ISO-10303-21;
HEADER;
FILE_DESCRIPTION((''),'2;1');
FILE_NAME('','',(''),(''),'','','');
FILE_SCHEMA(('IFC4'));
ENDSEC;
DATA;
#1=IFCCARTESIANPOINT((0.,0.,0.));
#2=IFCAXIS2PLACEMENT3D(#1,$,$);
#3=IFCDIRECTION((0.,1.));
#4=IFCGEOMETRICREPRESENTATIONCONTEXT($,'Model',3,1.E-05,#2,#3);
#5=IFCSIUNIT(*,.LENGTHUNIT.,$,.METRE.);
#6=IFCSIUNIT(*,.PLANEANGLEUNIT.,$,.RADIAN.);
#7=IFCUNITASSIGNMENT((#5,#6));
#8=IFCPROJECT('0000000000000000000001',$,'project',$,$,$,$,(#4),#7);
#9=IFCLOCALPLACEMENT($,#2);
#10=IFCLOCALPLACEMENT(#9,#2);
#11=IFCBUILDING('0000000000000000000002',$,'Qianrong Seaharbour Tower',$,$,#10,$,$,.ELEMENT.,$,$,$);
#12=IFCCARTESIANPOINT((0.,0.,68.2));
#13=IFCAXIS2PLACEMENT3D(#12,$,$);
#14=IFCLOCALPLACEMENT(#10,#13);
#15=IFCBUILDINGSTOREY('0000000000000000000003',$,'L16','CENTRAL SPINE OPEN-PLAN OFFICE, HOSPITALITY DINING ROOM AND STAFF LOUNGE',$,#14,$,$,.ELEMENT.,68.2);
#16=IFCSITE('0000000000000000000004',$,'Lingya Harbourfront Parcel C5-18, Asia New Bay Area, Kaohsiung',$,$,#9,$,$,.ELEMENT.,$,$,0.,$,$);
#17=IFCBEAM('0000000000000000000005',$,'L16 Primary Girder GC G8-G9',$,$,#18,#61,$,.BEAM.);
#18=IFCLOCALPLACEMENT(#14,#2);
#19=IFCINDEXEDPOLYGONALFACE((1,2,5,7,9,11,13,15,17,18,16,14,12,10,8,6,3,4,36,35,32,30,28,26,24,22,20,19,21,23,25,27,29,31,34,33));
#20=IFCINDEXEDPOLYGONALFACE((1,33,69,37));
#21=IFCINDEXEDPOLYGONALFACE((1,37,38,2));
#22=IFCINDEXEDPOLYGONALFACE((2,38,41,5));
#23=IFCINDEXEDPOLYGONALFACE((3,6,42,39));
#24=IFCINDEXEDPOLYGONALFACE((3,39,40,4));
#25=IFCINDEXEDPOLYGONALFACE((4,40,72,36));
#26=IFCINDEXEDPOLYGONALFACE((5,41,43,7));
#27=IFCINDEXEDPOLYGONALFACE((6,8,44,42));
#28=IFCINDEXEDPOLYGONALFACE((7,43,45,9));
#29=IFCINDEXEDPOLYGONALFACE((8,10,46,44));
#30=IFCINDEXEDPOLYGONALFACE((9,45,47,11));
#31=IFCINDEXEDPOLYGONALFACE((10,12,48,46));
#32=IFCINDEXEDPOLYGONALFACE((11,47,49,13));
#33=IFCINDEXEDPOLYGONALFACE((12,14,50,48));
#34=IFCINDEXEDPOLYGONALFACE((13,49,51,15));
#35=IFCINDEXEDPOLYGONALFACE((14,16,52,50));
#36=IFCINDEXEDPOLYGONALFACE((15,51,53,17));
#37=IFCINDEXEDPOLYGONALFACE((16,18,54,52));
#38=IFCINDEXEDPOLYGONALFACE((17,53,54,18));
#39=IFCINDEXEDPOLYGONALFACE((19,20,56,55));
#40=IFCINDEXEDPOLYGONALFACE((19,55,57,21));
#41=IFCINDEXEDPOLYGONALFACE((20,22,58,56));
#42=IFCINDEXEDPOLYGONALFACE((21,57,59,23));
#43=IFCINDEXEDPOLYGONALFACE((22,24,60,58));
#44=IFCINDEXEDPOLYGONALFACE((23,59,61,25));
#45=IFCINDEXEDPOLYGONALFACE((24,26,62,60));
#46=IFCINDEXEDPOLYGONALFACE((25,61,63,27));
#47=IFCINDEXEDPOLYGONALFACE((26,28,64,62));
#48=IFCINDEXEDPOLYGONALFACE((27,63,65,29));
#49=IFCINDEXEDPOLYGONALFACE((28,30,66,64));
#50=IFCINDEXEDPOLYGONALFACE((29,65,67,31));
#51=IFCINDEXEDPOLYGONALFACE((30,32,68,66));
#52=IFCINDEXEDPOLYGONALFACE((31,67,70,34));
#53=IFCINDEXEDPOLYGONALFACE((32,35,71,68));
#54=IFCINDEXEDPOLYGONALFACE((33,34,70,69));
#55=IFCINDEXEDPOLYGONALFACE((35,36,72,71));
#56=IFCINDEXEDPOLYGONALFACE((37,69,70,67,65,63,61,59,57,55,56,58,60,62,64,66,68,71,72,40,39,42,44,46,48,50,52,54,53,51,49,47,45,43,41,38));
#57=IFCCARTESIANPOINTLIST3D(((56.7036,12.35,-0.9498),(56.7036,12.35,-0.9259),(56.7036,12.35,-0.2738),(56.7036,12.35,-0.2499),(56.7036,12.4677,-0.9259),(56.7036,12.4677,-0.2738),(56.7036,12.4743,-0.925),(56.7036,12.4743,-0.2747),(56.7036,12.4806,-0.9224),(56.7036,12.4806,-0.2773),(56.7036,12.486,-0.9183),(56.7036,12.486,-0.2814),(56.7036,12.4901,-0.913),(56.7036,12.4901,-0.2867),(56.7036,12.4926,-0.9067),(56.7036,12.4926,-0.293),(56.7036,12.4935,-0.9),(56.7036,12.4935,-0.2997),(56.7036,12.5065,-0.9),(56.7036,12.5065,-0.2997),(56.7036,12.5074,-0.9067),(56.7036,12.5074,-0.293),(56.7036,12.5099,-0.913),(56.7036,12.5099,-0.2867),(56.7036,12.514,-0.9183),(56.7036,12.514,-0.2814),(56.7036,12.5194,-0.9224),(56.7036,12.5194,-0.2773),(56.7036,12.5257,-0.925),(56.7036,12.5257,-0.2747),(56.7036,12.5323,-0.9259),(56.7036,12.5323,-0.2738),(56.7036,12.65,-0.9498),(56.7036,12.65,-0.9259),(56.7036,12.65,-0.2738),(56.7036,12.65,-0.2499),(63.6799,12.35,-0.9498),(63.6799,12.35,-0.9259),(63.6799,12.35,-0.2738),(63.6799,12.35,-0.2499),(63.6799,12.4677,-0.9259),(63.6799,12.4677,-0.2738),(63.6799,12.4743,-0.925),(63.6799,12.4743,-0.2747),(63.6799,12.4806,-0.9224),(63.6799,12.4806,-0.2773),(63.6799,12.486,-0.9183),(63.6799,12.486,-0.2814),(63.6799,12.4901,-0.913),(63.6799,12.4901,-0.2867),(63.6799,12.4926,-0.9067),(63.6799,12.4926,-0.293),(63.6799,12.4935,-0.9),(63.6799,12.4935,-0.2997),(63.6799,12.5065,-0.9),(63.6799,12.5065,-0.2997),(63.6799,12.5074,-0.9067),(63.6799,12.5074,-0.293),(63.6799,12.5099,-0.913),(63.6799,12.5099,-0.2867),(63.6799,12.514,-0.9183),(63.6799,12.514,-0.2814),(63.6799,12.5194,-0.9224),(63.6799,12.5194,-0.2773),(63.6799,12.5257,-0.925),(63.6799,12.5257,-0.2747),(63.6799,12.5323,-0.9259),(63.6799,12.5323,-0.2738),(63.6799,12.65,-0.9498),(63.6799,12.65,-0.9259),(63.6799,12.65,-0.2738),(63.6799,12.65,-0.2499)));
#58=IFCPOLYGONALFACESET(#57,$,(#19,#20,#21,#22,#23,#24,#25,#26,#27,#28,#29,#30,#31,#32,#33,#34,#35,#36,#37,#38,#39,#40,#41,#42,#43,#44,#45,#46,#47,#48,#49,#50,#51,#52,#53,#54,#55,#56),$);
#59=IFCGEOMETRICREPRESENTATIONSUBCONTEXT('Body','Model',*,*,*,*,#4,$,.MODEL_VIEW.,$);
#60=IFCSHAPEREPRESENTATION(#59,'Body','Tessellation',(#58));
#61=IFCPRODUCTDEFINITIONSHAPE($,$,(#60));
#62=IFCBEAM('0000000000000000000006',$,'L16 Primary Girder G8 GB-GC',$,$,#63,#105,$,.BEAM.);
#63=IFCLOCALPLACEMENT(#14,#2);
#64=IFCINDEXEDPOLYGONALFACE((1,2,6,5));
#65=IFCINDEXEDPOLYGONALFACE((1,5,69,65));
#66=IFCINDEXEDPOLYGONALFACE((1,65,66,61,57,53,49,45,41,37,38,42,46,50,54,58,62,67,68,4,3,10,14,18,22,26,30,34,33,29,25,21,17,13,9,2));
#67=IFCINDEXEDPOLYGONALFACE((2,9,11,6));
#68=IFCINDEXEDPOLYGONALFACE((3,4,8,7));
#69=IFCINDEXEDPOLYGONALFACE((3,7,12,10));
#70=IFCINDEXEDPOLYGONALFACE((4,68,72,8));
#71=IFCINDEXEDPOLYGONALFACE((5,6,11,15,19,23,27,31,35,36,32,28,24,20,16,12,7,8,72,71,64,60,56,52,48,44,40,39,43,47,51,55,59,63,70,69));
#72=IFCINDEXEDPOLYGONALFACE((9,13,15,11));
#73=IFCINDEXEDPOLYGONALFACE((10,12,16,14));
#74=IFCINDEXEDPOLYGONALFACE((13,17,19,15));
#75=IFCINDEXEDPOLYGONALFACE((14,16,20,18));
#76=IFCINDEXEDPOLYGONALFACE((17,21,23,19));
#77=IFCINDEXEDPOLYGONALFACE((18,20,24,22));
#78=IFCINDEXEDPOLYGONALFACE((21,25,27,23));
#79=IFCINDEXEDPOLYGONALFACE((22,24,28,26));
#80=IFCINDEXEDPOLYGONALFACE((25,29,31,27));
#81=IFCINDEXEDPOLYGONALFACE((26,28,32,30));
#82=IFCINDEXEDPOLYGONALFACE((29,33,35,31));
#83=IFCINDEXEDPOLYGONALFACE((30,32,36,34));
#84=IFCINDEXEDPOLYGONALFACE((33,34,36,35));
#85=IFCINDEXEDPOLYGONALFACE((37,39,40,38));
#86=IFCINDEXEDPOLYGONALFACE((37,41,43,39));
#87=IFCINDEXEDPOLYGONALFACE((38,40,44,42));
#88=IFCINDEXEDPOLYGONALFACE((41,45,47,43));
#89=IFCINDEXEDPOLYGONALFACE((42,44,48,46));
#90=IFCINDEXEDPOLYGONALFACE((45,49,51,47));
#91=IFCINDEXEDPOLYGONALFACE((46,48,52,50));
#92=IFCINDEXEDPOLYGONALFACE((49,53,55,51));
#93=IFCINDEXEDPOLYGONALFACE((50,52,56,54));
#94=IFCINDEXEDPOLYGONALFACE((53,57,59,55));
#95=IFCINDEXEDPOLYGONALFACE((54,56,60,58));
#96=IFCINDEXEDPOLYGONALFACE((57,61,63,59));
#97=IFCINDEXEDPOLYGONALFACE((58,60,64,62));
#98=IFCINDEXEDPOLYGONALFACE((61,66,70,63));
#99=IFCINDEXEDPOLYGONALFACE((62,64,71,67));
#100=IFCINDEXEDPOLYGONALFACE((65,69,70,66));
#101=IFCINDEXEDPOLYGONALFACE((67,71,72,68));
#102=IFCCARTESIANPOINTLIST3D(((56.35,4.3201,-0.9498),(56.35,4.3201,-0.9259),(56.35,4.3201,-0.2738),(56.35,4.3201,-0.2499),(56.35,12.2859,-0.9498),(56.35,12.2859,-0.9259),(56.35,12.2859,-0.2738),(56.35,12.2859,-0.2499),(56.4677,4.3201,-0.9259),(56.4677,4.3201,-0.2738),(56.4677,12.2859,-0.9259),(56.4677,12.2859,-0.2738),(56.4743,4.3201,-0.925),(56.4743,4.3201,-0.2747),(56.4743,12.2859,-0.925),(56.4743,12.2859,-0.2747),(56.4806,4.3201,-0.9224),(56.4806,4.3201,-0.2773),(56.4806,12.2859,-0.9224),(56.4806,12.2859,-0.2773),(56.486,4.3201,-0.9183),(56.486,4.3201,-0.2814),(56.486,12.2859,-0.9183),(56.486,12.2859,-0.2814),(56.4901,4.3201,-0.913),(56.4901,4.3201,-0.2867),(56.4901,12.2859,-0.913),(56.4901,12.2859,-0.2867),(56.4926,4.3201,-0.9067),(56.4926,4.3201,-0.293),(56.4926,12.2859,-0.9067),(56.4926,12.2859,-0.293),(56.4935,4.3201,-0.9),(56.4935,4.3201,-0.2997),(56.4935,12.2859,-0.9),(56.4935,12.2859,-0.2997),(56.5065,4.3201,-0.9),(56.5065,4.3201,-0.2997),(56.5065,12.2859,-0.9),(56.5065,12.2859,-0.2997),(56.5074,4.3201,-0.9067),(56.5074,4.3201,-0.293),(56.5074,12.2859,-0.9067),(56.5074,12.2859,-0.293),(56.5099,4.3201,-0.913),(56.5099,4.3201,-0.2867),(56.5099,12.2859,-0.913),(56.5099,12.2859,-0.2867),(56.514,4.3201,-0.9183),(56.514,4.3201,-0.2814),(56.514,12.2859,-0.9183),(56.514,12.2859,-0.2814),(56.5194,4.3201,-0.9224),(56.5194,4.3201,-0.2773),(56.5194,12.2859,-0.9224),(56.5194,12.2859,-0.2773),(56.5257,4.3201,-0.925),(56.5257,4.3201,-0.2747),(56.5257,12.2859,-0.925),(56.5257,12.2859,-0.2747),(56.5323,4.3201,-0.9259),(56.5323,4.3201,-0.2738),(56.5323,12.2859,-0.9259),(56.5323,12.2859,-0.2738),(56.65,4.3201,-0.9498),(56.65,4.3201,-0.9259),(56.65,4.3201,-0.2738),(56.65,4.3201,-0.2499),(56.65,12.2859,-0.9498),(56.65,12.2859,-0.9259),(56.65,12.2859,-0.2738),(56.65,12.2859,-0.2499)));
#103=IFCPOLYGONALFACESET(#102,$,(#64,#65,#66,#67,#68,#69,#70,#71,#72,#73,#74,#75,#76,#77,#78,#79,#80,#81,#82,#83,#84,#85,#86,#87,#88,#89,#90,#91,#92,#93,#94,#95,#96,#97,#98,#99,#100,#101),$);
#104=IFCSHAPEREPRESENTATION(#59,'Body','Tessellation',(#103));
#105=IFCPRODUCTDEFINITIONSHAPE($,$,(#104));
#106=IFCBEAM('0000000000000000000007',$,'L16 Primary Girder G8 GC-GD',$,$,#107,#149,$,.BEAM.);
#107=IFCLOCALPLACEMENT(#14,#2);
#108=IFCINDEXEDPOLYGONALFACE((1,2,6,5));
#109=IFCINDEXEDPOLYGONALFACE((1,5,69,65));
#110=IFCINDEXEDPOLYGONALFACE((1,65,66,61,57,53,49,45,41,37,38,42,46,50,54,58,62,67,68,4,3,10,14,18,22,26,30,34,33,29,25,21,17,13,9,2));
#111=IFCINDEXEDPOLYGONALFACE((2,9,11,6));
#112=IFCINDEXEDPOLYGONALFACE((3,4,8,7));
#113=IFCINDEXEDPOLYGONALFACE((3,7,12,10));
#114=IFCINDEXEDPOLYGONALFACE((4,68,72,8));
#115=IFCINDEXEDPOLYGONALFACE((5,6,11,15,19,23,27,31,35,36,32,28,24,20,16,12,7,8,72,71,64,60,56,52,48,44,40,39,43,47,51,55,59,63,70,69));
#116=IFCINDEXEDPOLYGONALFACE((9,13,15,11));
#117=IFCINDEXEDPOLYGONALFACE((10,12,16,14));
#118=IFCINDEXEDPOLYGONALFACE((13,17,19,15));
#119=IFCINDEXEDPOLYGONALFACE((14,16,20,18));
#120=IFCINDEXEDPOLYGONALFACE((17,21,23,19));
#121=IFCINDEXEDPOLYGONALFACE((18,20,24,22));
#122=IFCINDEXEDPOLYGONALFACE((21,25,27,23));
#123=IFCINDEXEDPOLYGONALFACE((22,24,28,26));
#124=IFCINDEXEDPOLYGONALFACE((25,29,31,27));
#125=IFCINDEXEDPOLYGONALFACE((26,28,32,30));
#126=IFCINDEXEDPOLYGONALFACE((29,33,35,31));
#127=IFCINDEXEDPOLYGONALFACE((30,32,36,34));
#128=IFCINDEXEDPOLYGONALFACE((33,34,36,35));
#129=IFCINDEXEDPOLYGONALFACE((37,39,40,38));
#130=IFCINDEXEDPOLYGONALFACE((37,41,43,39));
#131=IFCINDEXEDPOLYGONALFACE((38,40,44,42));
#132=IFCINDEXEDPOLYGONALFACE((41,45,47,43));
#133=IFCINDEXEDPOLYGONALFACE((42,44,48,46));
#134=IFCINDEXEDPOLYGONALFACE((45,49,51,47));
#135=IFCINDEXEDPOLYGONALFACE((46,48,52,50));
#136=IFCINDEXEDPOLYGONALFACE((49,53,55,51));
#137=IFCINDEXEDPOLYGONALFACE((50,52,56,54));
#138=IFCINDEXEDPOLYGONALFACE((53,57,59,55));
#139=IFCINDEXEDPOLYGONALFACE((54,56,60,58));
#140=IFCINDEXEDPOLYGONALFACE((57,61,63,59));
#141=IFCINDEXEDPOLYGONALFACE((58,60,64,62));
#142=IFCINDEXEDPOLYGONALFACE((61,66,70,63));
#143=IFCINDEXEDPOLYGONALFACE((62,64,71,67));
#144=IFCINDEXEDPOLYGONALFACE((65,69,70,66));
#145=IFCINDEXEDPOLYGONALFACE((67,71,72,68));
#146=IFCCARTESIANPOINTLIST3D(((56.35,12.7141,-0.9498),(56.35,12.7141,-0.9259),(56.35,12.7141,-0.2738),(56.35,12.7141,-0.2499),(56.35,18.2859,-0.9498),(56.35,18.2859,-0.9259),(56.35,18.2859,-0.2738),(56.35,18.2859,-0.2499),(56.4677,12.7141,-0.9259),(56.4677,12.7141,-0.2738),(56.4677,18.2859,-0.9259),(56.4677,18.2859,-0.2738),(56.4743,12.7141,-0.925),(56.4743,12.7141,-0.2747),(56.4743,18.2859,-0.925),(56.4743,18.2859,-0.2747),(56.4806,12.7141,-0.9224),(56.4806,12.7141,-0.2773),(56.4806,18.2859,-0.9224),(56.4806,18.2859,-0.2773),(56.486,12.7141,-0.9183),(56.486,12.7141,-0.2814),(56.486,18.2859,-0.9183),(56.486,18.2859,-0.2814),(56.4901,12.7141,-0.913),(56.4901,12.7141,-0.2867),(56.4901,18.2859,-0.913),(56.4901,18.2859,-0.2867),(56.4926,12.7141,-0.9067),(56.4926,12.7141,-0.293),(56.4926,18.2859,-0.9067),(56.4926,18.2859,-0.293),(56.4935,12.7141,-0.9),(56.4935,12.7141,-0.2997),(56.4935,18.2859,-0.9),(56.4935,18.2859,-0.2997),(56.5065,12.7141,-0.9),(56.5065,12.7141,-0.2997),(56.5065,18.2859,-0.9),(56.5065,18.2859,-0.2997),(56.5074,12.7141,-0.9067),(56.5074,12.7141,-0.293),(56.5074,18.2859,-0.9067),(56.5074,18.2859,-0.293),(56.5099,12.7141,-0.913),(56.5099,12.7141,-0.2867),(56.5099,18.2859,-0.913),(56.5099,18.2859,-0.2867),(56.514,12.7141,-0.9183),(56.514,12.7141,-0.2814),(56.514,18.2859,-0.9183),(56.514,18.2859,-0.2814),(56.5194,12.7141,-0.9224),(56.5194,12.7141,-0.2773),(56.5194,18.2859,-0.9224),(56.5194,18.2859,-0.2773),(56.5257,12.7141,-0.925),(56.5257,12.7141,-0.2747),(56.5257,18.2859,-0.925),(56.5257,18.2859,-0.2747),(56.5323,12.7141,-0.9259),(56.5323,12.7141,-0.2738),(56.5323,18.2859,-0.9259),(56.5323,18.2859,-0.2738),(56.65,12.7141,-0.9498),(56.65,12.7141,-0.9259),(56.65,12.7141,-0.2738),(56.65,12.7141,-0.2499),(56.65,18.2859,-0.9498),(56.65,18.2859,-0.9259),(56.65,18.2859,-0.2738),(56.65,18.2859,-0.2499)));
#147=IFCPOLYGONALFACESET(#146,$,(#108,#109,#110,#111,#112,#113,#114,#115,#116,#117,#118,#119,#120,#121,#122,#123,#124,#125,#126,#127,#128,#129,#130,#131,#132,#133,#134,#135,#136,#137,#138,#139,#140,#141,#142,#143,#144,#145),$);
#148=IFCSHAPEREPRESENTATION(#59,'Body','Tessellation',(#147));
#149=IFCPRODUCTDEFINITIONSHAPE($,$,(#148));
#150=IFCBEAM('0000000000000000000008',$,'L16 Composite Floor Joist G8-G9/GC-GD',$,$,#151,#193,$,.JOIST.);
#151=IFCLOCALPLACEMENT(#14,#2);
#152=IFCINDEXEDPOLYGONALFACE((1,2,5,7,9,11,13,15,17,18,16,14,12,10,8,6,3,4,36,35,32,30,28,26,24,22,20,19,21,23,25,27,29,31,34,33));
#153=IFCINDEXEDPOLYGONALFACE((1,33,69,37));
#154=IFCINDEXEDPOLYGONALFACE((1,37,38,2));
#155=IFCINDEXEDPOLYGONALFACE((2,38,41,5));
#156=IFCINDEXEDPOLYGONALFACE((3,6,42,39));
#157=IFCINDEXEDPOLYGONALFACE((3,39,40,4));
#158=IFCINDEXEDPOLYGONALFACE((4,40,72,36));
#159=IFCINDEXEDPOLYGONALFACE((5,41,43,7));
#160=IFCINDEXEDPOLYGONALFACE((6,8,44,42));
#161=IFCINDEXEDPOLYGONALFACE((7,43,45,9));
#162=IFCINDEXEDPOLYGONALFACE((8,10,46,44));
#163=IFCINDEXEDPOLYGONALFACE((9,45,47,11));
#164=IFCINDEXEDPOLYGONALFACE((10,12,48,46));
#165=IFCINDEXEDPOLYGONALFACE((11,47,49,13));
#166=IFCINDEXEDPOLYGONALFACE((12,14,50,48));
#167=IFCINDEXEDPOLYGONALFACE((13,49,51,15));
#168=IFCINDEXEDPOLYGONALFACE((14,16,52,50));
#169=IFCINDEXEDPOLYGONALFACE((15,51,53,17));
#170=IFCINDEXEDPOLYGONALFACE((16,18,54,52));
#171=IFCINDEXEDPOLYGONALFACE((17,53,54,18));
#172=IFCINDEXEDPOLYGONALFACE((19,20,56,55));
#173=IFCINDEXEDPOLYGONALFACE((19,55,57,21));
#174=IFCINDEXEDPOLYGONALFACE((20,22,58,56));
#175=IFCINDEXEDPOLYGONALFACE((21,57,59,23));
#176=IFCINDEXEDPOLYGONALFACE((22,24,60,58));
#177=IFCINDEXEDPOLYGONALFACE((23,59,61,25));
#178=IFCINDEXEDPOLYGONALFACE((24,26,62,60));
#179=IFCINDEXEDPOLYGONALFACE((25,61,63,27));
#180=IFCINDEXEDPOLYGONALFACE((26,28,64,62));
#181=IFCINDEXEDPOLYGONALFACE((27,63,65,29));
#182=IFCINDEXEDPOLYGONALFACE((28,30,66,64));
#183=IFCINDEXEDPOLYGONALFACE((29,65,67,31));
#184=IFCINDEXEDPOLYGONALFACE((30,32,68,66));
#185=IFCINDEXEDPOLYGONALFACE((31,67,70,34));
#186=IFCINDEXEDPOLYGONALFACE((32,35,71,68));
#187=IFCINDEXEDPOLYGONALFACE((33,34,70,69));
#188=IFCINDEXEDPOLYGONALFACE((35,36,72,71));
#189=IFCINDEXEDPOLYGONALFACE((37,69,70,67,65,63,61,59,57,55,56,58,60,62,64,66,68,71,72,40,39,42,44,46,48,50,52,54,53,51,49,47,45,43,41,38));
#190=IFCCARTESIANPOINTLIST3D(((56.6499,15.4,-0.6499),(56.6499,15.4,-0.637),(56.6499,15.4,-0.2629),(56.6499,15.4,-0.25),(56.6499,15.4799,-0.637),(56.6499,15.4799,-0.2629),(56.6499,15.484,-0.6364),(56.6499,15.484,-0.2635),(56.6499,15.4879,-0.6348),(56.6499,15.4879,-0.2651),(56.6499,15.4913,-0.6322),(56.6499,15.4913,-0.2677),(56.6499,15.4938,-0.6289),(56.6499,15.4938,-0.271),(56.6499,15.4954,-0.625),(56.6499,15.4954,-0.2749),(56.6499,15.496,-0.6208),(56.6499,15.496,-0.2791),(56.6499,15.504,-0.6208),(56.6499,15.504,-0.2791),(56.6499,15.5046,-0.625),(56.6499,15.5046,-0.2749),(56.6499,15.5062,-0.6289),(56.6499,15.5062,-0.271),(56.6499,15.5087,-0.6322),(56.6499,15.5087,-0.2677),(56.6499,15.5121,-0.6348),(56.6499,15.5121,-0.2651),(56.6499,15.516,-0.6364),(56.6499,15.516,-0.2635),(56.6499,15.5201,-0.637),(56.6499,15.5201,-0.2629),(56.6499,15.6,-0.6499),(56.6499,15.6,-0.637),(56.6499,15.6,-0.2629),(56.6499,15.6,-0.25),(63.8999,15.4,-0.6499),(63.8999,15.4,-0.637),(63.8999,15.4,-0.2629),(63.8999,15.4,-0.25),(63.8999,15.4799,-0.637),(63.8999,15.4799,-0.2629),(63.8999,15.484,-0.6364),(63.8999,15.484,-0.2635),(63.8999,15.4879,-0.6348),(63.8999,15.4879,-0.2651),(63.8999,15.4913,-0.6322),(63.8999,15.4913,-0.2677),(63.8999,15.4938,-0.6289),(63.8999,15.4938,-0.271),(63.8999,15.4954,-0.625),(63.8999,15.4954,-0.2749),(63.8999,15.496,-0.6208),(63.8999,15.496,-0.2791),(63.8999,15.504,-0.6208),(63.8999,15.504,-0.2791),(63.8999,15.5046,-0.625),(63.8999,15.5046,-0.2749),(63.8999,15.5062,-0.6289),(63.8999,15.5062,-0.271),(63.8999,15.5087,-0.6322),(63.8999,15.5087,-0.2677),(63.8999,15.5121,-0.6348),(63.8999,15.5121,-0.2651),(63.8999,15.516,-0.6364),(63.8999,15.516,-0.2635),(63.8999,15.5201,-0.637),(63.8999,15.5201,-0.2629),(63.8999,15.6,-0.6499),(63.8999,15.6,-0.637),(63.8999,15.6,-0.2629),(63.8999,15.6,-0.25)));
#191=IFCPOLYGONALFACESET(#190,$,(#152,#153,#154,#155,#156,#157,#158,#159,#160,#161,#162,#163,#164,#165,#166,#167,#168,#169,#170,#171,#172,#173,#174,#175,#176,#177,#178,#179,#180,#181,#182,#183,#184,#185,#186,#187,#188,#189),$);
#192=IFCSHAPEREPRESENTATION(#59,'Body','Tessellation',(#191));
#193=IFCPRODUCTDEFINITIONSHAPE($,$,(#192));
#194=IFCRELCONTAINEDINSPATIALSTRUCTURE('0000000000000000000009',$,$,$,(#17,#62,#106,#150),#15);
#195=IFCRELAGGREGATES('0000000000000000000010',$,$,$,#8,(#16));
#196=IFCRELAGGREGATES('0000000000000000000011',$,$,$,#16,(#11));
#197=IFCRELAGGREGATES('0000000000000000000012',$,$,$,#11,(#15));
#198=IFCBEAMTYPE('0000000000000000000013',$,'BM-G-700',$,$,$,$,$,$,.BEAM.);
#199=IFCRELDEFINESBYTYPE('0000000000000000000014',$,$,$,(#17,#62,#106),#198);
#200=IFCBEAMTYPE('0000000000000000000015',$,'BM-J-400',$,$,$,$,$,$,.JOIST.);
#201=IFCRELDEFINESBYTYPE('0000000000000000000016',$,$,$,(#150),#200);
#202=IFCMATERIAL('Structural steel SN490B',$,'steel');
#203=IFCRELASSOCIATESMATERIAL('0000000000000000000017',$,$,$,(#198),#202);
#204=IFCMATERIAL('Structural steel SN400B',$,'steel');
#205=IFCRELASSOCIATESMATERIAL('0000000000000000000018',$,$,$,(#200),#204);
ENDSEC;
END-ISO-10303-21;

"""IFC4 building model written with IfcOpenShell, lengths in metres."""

from ifc_helpers import new_model, si_unit, direction, frame, origin, origin_2d, place, context, subcontext, project, spatial, i_section, extrude, material, material_profile, profile_set, type_object, element, save


model = new_model("IFC4")

# Units and contexts
model_context = context("Model", 3, precision=1e-05, world=origin(), true_north=direction((0.0, 1.0)))
body_context = subcontext(model_context, "Body", "Model", "MODEL_VIEW")
ifc_project = project(units=[si_unit("LENGTHUNIT", "METRE"), si_unit("PLANEANGLEUNIT", "RADIAN")], contexts=[model_context])

# Site, building, storey
site_placement = place(None, origin())
site = spatial("IfcSite", under=ifc_project, at=site_placement, Name="Lingya Harbourfront Parcel C5-18, Asia New Bay Area, Kaohsiung", CompositionType="ELEMENT", RefElevation=0.0)
building_placement = place(site_placement, origin())
building = spatial("IfcBuilding", under=site, at=building_placement, Name="Qianrong Seaharbour Tower", CompositionType="ELEMENT")
storey_placement = place(building_placement, frame((0.0, 0.0, 68.2)))
storey = spatial("IfcBuildingStorey", under=building, at=storey_placement, Name="L16", Description="CENTRAL SPINE OPEN-PLAN OFFICE, HOSPITALITY DINING ROOM AND STAFF LOUNGE", CompositionType="ELEMENT", Elevation=68.2)

# Shared definitions
ifc_material_1 = material(Name="Structural steel SN490B", Category="steel")

# Beams
ifc_material_profile_1 = material_profile(ifc_material_1, i_section(OverallWidth=0.3, OverallDepth=0.7, WebThickness=0.0129, FlangeThickness=0.0239, FilletRadius=0.0259, at=origin_2d()), Name="H700x300x13x24")
ifc_profile_set_1 = profile_set([ifc_material_profile_1], Name="Structural steel SN490B")
beam_type_1 = type_object("IfcBeamType", Name="BM-G-700", PredefinedType="BEAM", material=ifc_profile_set_1)
beam_1_placement = place(storey_placement, frame((56.7036, 12.5, -0.5999), z_axis=(1.0, 0.0, 0.0), x_axis=(0.0, 1.0, 0.0)))
element("IfcBeam", 1, at=beam_1_placement, inside=storey, type_object=beam_type_1, Name="L16 Primary Girder GC G8-G9", PredefinedType="BEAM", context=body_context, shape_type="SweptSolid", body=[
    extrude(i_section(OverallWidth=0.3, OverallDepth=0.7, WebThickness=0.0129, FlangeThickness=0.0239, FilletRadius=0.0259, at=origin_2d()), origin(), (0.0, 0.0, 1.0), 6.9763),
])
beam_2_placement = place(storey_placement, frame((56.5, 4.3201, -0.5999), z_axis=(0.0, 1.0, 0.0), x_axis=(-1.0, 0.0, 0.0)))
element("IfcBeam", 2, at=beam_2_placement, inside=storey, type_object=beam_type_1, Name="L16 Primary Girder G8 GB-GC", PredefinedType="BEAM", context=body_context, shape_type="SweptSolid", body=[
    extrude(i_section(OverallWidth=0.3, OverallDepth=0.7, WebThickness=0.0129, FlangeThickness=0.0239, FilletRadius=0.0259, at=origin_2d()), origin(), (0.0, 0.0, 1.0), 7.9658),
])
beam_3_placement = place(storey_placement, frame((56.5, 12.7141, -0.5999), z_axis=(0.0, 1.0, 0.0), x_axis=(-1.0, 0.0, 0.0)))
element("IfcBeam", 3, at=beam_3_placement, inside=storey, type_object=beam_type_1, Name="L16 Primary Girder G8 GC-GD", PredefinedType="BEAM", context=body_context, shape_type="SweptSolid", body=[
    extrude(i_section(OverallWidth=0.3, OverallDepth=0.7, WebThickness=0.0129, FlangeThickness=0.0239, FilletRadius=0.0259, at=origin_2d()), origin(), (0.0, 0.0, 1.0), 5.5718),
])
ifc_material_2 = material(Name="Structural steel SN400B", Category="steel")
ifc_material_profile_2 = material_profile(ifc_material_2, i_section(OverallWidth=0.2, OverallDepth=0.3999, WebThickness=0.0081, FlangeThickness=0.0129, FilletRadius=0.0161, at=origin_2d()), Name="H400x200x8x13")
ifc_profile_set_2 = profile_set([ifc_material_profile_2], Name="Structural steel SN400B")
beam_type_2 = type_object("IfcBeamType", Name="BM-J-400", PredefinedType="JOIST", material=ifc_profile_set_2)
beam_4_placement = place(storey_placement, frame((56.6499, 15.5, -0.45), z_axis=(1.0, 0.0, 0.0), x_axis=(0.0, 1.0, 0.0)))
element("IfcBeam", 4, at=beam_4_placement, inside=storey, type_object=beam_type_2, Name="L16 Composite Floor Joist G8-G9/GC-GD", PredefinedType="JOIST", context=body_context, shape_type="SweptSolid", body=[
    extrude(i_section(OverallWidth=0.2, OverallDepth=0.3999, WebThickness=0.0081, FlangeThickness=0.0129, FilletRadius=0.0161, at=origin_2d()), origin(), (0.0, 0.0, 1.0), 7.25),
])

save(model, "model.ifc")
